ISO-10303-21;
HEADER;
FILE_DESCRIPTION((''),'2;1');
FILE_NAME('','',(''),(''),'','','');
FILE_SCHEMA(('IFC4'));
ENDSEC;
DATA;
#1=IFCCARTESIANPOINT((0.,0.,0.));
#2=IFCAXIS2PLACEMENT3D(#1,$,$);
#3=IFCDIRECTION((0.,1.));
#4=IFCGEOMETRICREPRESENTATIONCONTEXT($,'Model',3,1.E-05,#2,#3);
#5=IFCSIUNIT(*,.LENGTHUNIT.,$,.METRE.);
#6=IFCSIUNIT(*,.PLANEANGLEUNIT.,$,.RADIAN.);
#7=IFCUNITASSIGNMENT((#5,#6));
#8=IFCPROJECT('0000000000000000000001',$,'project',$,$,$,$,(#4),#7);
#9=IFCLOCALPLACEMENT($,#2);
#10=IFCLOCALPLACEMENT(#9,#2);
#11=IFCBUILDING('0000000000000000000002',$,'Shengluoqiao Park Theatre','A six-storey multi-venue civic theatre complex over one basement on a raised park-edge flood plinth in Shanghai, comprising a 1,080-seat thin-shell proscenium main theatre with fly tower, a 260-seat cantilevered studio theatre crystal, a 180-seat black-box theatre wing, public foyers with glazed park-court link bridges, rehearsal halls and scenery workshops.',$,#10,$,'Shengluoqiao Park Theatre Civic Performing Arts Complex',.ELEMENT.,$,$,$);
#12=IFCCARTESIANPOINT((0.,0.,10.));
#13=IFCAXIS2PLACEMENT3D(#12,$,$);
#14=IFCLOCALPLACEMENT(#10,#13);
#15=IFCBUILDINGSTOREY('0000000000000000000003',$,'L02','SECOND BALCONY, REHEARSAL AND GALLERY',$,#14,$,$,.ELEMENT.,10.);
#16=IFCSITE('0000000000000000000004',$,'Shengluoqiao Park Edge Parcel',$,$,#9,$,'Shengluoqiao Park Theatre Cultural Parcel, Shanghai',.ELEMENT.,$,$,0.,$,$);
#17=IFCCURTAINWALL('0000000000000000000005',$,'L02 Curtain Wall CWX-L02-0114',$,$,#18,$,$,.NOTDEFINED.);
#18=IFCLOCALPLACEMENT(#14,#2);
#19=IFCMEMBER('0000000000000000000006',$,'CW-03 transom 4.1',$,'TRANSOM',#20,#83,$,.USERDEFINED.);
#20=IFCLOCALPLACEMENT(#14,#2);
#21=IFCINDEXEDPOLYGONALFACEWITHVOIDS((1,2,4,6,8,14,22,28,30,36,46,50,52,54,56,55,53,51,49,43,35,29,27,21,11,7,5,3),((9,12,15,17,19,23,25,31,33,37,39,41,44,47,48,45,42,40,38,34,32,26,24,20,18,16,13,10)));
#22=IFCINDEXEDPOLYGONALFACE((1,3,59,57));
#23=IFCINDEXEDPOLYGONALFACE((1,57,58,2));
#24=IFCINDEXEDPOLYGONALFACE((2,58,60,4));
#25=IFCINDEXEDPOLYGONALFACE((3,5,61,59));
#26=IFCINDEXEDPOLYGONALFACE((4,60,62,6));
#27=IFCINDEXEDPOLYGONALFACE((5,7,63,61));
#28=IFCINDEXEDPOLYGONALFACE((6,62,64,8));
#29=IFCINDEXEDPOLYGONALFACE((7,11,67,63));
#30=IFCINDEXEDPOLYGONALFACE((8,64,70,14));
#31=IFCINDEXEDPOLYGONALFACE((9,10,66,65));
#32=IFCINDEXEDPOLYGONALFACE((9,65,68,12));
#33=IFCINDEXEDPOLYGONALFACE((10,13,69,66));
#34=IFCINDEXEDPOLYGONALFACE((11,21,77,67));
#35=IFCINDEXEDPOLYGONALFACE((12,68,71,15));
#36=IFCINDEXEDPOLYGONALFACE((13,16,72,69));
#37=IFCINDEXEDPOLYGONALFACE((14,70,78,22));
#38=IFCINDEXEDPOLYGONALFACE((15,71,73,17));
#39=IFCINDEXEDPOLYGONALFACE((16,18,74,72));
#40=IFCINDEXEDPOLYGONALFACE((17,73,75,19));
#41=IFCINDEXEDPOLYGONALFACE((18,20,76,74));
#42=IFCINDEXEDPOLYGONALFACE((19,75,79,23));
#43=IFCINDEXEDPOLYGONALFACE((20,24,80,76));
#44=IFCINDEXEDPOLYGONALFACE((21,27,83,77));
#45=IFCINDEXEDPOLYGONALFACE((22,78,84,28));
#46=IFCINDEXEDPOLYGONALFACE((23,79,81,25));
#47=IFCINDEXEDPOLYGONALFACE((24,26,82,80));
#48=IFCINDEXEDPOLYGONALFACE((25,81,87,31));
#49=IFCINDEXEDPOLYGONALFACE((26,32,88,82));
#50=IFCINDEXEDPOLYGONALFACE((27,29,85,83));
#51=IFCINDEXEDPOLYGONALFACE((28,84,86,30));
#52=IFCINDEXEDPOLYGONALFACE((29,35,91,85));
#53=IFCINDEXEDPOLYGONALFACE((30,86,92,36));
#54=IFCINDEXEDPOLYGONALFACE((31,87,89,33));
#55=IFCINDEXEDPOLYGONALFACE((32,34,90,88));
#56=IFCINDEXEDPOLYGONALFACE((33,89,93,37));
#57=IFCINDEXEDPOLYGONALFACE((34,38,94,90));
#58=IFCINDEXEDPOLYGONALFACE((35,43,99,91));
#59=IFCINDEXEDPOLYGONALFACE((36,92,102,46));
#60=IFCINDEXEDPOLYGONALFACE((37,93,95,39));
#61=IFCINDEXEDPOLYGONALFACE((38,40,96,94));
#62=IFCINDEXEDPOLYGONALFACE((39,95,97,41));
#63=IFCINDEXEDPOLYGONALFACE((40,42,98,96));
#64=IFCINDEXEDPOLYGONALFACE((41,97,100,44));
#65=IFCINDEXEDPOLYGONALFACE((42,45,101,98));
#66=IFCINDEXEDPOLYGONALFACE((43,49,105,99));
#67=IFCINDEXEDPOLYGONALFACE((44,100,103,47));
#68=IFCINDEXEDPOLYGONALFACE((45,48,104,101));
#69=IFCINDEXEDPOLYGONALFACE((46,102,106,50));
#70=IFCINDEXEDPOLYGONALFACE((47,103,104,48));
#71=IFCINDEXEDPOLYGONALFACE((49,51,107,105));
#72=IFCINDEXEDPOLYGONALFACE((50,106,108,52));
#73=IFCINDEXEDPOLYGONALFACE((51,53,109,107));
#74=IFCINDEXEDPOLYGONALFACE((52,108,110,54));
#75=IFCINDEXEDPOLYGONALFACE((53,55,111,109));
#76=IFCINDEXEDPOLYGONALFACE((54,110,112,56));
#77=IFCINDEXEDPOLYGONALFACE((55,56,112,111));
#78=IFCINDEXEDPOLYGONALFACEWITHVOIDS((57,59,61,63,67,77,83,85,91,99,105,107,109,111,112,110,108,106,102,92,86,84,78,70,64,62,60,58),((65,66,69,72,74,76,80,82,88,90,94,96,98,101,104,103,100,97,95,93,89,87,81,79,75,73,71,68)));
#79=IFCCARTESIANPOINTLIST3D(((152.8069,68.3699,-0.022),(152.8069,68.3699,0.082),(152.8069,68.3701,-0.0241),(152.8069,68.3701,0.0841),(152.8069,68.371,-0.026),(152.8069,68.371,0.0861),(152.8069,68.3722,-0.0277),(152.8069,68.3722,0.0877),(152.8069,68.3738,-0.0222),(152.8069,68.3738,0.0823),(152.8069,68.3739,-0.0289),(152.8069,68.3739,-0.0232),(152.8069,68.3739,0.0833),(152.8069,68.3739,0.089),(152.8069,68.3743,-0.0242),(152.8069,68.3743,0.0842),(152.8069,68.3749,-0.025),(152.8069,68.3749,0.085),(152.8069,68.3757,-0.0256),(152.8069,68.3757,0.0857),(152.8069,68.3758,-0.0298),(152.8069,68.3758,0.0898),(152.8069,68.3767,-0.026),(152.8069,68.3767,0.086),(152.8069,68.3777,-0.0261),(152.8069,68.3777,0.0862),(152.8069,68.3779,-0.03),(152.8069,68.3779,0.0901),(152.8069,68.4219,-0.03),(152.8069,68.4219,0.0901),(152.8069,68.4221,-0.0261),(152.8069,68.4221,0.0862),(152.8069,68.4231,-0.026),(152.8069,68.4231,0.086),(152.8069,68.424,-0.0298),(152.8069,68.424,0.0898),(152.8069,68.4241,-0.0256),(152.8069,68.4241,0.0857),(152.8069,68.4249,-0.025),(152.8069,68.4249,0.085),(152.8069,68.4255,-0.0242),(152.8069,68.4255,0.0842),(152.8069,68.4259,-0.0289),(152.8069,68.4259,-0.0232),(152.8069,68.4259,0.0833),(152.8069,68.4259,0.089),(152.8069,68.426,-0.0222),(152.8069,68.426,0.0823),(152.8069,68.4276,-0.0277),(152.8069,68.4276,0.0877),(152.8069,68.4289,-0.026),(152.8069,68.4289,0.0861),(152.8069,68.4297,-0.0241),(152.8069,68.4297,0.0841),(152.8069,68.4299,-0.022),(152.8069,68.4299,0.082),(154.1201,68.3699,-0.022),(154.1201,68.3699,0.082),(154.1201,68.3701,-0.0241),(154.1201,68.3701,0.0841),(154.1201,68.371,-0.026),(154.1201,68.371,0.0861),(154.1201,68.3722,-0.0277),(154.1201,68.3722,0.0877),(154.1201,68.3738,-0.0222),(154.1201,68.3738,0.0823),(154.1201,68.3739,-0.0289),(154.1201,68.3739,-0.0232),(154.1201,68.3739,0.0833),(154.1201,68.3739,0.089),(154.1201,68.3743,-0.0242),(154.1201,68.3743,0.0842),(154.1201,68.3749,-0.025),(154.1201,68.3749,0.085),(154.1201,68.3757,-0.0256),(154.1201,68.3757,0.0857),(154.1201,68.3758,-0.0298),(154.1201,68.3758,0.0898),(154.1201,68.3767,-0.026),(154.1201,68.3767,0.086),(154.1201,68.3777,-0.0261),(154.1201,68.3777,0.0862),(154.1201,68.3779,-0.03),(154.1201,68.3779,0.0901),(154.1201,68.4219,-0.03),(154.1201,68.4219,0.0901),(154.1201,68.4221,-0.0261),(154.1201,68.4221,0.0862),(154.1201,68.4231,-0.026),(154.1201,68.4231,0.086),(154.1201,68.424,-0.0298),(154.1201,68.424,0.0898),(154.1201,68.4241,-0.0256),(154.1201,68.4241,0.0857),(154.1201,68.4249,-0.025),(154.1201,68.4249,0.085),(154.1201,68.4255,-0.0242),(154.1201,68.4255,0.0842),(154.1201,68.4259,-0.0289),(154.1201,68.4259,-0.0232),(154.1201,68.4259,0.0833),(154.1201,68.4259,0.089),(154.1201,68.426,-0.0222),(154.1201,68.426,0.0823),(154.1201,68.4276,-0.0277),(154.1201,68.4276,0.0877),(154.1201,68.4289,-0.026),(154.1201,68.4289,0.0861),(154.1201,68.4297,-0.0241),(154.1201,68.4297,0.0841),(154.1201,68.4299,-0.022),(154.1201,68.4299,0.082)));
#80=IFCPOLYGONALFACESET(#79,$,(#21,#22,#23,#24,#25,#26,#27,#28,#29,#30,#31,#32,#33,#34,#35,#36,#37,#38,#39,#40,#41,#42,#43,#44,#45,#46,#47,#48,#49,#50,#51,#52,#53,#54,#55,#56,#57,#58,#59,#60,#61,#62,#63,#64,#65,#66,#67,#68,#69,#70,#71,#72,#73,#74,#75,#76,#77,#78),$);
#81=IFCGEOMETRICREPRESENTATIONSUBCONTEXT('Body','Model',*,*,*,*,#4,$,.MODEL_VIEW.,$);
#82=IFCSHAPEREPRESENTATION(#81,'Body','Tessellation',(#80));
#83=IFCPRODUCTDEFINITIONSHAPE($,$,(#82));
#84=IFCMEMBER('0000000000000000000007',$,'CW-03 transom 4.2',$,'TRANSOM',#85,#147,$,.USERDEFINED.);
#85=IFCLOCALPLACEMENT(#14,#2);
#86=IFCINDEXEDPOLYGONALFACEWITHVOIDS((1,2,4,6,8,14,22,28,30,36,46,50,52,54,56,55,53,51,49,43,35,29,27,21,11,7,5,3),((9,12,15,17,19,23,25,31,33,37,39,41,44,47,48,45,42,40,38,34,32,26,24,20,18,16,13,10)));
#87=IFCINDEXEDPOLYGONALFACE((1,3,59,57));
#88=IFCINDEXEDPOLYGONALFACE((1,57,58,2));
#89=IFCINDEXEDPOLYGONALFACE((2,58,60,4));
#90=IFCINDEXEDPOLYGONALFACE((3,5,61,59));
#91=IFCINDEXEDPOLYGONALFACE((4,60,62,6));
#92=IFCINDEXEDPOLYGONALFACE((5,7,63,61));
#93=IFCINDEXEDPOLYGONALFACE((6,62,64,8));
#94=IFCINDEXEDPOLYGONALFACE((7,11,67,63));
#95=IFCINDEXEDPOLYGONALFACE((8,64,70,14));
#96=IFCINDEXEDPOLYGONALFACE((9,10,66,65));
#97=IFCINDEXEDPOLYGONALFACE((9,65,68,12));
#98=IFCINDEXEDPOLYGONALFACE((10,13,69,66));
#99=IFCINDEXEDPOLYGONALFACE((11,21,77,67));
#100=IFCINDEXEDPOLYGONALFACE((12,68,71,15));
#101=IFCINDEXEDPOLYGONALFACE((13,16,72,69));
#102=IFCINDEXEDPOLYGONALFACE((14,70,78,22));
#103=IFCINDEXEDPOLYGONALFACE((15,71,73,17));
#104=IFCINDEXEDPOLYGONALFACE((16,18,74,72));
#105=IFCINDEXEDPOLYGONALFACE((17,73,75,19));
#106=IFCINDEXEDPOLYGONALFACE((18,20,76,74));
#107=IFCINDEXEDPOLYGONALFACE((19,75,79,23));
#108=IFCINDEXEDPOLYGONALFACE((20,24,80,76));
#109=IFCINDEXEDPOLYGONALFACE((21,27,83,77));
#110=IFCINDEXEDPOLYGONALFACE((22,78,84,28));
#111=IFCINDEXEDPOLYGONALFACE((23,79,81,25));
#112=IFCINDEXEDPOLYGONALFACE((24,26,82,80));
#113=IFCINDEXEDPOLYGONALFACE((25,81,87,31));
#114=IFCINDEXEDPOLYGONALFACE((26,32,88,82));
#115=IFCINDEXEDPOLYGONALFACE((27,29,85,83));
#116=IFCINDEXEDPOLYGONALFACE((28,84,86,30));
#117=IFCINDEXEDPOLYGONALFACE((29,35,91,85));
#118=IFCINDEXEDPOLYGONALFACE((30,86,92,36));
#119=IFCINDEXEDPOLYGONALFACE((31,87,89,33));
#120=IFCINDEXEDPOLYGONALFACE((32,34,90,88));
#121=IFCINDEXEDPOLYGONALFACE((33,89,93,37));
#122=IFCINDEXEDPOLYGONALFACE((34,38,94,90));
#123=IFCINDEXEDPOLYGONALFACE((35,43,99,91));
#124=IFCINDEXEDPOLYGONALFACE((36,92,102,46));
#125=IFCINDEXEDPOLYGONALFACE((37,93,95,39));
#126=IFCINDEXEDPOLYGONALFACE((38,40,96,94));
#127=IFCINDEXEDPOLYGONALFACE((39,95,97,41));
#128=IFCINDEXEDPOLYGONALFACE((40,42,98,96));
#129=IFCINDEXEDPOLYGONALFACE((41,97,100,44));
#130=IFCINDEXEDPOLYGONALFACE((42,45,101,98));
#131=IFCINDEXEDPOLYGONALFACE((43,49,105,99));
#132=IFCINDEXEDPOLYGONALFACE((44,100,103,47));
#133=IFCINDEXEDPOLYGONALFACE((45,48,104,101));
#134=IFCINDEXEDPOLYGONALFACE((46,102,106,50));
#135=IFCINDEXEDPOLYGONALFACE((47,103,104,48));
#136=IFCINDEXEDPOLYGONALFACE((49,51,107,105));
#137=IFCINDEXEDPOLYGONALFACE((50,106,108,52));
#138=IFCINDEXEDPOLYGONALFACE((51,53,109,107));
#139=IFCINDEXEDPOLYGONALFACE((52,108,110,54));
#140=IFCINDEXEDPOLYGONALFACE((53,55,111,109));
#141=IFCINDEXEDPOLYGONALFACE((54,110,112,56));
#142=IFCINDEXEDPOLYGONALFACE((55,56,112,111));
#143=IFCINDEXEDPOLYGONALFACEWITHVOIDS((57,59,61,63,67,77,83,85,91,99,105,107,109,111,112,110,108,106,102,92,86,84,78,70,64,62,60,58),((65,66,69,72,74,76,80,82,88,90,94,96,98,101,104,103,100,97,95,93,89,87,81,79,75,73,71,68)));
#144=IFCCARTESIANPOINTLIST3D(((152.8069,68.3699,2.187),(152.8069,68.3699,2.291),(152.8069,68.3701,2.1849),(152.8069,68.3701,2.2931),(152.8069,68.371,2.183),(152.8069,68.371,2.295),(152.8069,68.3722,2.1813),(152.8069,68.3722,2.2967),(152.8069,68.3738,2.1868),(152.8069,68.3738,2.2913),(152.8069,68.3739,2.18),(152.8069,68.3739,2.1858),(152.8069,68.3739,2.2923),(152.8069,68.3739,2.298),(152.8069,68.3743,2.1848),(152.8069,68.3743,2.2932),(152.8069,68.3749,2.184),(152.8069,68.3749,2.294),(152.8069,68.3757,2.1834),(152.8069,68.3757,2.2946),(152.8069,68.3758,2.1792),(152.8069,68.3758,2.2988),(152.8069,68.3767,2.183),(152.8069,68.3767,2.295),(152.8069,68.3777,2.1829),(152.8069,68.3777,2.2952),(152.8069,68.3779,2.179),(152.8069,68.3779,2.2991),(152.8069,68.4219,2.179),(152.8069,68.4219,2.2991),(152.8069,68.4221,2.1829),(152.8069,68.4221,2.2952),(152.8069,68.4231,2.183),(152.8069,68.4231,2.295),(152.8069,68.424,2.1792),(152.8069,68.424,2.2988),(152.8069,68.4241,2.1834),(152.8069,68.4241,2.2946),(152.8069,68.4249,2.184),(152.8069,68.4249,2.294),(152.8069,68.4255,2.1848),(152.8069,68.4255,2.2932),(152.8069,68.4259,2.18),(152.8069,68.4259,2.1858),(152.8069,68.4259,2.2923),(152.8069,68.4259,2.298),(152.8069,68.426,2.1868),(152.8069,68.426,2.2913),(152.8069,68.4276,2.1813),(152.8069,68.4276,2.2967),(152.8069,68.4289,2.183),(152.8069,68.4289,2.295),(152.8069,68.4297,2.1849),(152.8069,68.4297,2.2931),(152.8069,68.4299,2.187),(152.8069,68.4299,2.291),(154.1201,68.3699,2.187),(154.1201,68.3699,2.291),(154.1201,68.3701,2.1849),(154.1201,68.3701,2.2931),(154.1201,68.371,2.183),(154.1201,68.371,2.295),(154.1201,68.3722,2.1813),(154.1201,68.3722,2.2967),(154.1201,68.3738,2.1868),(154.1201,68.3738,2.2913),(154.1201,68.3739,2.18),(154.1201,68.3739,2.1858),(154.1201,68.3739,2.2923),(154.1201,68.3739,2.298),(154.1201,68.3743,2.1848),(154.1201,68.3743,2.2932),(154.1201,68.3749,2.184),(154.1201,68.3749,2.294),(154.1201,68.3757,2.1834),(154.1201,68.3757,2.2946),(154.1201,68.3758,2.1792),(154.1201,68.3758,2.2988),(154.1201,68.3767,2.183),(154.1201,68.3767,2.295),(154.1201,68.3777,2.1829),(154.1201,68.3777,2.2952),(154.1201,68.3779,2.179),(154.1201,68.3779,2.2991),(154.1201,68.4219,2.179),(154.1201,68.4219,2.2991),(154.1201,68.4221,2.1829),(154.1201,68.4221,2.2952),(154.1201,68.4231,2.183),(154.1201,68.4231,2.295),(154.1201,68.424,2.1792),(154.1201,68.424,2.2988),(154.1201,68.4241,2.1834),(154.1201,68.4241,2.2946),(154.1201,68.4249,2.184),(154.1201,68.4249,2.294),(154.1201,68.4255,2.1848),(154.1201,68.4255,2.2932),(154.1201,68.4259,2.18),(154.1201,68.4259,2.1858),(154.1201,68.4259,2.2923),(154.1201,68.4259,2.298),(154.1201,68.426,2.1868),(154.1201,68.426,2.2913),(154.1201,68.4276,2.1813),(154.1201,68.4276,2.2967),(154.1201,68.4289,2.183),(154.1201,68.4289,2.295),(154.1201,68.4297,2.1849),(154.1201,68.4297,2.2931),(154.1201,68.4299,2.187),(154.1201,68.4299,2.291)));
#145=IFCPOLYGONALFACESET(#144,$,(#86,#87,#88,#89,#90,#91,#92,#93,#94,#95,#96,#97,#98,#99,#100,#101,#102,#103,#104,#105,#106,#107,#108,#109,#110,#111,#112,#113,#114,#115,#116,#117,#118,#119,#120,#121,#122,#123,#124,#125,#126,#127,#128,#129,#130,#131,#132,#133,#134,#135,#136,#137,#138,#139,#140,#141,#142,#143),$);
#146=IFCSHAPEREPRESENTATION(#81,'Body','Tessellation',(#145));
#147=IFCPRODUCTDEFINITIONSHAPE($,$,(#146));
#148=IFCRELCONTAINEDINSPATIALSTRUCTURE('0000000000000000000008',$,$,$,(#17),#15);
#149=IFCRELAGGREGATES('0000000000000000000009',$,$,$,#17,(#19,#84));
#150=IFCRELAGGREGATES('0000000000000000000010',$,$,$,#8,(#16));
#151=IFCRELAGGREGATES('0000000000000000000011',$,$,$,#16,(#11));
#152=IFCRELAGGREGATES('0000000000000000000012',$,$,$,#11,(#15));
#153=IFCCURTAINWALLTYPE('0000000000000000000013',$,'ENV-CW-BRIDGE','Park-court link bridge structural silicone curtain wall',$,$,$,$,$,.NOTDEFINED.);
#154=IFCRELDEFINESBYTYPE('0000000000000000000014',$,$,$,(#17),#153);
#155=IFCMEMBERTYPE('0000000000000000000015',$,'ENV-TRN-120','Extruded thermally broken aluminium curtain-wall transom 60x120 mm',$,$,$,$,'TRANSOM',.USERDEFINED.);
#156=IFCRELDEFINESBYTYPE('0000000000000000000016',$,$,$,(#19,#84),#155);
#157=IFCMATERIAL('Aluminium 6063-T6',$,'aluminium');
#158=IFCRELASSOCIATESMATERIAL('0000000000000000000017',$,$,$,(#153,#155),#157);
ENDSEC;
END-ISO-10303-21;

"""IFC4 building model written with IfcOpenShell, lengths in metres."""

from ifc_helpers import new_model, si_unit, direction, frame, origin, origin_2d, place, context, subcontext, project, spatial, hollow_rectangle, extrude, material, material_profile, profile_set, type_object, element, aggregate, save


model = new_model("IFC4")

# Units and contexts
model_context = context("Model", 3, precision=1e-05, world=origin(), true_north=direction((0.0, 1.0)))
body_context = subcontext(model_context, "Body", "Model", "MODEL_VIEW")
ifc_project = project(units=[si_unit("LENGTHUNIT", "METRE"), si_unit("PLANEANGLEUNIT", "RADIAN")], contexts=[model_context])

# Site, building, storey
site_placement = place(None, origin())
site = spatial("IfcSite", under=ifc_project, at=site_placement, Name="Shengluoqiao Park Edge Parcel", LongName="Shengluoqiao Park Theatre Cultural Parcel, Shanghai", CompositionType="ELEMENT", RefElevation=0.0)
building_placement = place(site_placement, origin())
building = spatial("IfcBuilding", under=site, at=building_placement, Name="Shengluoqiao Park Theatre", Description="A six-storey multi-venue civic theatre complex over one basement on a raised park-edge flood plinth in Shanghai, comprising a 1,080-seat thin-shell proscenium main theatre with fly tower, a 260-seat cantilevered studio theatre crystal, a 180-seat black-box theatre wing, public foyers with glazed park-court link bridges, rehearsal halls and scenery workshops.", LongName="Shengluoqiao Park Theatre Civic Performing Arts Complex", CompositionType="ELEMENT")
storey_placement = place(building_placement, frame((0.0, 0.0, 10.0)))
storey = spatial("IfcBuildingStorey", under=building, at=storey_placement, Name="L02", Description="SECOND BALCONY, REHEARSAL AND GALLERY", CompositionType="ELEMENT", Elevation=10.0)

# Curtain wall, members
ifc_material_1 = material(Name="Aluminium 6063-T6", Category="aluminium")
curtain_wall_type = type_object("IfcCurtainWallType", Name="ENV-CW-BRIDGE", Description="Park-court link bridge structural silicone curtain wall", PredefinedType="NOTDEFINED", material=ifc_material_1)
curtain_wall_placement = place(storey_placement, origin())
curtain_wall = element("IfcCurtainWall", 1, at=curtain_wall_placement, inside=storey, type_object=curtain_wall_type, Name="L02 Curtain Wall CWX-L02-0114", PredefinedType="NOTDEFINED")
ifc_material_profile_1 = material_profile(ifc_material_1, hollow_rectangle(XDim=0.0601, YDim=0.1201, WallThickness=0.0039, InnerFilletRadius=0.0039, OuterFilletRadius=0.0081, at=origin_2d()), Name="ALU TRANSOM 120x60x4")
ifc_profile_set_1 = profile_set([ifc_material_profile_1], Name="Aluminium 6063-T6")
member_type_1 = type_object("IfcMemberType", Name="ENV-TRN-120", Description="Extruded thermally broken aluminium curtain-wall transom 60x120 mm", ElementType="TRANSOM", PredefinedType="USERDEFINED", material=ifc_profile_set_1)
member_1_placement = place(storey_placement, frame((152.8069, 68.3999, 0.03), z_axis=(1.0, 0.0, 0.0), x_axis=(0.0, 1.0, 0.0)))
member_1 = element("IfcMember", 2, at=member_1_placement, type_object=member_type_1, Name="CW-03 transom 4.1", ObjectType="TRANSOM", PredefinedType="USERDEFINED", context=body_context, shape_type="SweptSolid", body=[
    extrude(hollow_rectangle(XDim=0.0601, YDim=0.1201, WallThickness=0.0039, InnerFilletRadius=0.0039, OuterFilletRadius=0.0081, at=origin_2d()), origin(), (0.0, 0.0, 1.0), 1.3132),
])
member_2_placement = place(storey_placement, frame((152.8069, 68.3999, 2.239), z_axis=(1.0, 0.0, 0.0), x_axis=(0.0, 1.0, 0.0)))
member_2 = element("IfcMember", 3, at=member_2_placement, type_object=member_type_1, Name="CW-03 transom 4.2", ObjectType="TRANSOM", PredefinedType="USERDEFINED", context=body_context, shape_type="SweptSolid", body=[
    extrude(hollow_rectangle(XDim=0.0601, YDim=0.1201, WallThickness=0.0039, InnerFilletRadius=0.0039, OuterFilletRadius=0.0081, at=origin_2d()), origin(), (0.0, 0.0, 1.0), 1.3132),
])

aggregate(curtain_wall, [member_1, member_2])

save(model, "model.ifc")
